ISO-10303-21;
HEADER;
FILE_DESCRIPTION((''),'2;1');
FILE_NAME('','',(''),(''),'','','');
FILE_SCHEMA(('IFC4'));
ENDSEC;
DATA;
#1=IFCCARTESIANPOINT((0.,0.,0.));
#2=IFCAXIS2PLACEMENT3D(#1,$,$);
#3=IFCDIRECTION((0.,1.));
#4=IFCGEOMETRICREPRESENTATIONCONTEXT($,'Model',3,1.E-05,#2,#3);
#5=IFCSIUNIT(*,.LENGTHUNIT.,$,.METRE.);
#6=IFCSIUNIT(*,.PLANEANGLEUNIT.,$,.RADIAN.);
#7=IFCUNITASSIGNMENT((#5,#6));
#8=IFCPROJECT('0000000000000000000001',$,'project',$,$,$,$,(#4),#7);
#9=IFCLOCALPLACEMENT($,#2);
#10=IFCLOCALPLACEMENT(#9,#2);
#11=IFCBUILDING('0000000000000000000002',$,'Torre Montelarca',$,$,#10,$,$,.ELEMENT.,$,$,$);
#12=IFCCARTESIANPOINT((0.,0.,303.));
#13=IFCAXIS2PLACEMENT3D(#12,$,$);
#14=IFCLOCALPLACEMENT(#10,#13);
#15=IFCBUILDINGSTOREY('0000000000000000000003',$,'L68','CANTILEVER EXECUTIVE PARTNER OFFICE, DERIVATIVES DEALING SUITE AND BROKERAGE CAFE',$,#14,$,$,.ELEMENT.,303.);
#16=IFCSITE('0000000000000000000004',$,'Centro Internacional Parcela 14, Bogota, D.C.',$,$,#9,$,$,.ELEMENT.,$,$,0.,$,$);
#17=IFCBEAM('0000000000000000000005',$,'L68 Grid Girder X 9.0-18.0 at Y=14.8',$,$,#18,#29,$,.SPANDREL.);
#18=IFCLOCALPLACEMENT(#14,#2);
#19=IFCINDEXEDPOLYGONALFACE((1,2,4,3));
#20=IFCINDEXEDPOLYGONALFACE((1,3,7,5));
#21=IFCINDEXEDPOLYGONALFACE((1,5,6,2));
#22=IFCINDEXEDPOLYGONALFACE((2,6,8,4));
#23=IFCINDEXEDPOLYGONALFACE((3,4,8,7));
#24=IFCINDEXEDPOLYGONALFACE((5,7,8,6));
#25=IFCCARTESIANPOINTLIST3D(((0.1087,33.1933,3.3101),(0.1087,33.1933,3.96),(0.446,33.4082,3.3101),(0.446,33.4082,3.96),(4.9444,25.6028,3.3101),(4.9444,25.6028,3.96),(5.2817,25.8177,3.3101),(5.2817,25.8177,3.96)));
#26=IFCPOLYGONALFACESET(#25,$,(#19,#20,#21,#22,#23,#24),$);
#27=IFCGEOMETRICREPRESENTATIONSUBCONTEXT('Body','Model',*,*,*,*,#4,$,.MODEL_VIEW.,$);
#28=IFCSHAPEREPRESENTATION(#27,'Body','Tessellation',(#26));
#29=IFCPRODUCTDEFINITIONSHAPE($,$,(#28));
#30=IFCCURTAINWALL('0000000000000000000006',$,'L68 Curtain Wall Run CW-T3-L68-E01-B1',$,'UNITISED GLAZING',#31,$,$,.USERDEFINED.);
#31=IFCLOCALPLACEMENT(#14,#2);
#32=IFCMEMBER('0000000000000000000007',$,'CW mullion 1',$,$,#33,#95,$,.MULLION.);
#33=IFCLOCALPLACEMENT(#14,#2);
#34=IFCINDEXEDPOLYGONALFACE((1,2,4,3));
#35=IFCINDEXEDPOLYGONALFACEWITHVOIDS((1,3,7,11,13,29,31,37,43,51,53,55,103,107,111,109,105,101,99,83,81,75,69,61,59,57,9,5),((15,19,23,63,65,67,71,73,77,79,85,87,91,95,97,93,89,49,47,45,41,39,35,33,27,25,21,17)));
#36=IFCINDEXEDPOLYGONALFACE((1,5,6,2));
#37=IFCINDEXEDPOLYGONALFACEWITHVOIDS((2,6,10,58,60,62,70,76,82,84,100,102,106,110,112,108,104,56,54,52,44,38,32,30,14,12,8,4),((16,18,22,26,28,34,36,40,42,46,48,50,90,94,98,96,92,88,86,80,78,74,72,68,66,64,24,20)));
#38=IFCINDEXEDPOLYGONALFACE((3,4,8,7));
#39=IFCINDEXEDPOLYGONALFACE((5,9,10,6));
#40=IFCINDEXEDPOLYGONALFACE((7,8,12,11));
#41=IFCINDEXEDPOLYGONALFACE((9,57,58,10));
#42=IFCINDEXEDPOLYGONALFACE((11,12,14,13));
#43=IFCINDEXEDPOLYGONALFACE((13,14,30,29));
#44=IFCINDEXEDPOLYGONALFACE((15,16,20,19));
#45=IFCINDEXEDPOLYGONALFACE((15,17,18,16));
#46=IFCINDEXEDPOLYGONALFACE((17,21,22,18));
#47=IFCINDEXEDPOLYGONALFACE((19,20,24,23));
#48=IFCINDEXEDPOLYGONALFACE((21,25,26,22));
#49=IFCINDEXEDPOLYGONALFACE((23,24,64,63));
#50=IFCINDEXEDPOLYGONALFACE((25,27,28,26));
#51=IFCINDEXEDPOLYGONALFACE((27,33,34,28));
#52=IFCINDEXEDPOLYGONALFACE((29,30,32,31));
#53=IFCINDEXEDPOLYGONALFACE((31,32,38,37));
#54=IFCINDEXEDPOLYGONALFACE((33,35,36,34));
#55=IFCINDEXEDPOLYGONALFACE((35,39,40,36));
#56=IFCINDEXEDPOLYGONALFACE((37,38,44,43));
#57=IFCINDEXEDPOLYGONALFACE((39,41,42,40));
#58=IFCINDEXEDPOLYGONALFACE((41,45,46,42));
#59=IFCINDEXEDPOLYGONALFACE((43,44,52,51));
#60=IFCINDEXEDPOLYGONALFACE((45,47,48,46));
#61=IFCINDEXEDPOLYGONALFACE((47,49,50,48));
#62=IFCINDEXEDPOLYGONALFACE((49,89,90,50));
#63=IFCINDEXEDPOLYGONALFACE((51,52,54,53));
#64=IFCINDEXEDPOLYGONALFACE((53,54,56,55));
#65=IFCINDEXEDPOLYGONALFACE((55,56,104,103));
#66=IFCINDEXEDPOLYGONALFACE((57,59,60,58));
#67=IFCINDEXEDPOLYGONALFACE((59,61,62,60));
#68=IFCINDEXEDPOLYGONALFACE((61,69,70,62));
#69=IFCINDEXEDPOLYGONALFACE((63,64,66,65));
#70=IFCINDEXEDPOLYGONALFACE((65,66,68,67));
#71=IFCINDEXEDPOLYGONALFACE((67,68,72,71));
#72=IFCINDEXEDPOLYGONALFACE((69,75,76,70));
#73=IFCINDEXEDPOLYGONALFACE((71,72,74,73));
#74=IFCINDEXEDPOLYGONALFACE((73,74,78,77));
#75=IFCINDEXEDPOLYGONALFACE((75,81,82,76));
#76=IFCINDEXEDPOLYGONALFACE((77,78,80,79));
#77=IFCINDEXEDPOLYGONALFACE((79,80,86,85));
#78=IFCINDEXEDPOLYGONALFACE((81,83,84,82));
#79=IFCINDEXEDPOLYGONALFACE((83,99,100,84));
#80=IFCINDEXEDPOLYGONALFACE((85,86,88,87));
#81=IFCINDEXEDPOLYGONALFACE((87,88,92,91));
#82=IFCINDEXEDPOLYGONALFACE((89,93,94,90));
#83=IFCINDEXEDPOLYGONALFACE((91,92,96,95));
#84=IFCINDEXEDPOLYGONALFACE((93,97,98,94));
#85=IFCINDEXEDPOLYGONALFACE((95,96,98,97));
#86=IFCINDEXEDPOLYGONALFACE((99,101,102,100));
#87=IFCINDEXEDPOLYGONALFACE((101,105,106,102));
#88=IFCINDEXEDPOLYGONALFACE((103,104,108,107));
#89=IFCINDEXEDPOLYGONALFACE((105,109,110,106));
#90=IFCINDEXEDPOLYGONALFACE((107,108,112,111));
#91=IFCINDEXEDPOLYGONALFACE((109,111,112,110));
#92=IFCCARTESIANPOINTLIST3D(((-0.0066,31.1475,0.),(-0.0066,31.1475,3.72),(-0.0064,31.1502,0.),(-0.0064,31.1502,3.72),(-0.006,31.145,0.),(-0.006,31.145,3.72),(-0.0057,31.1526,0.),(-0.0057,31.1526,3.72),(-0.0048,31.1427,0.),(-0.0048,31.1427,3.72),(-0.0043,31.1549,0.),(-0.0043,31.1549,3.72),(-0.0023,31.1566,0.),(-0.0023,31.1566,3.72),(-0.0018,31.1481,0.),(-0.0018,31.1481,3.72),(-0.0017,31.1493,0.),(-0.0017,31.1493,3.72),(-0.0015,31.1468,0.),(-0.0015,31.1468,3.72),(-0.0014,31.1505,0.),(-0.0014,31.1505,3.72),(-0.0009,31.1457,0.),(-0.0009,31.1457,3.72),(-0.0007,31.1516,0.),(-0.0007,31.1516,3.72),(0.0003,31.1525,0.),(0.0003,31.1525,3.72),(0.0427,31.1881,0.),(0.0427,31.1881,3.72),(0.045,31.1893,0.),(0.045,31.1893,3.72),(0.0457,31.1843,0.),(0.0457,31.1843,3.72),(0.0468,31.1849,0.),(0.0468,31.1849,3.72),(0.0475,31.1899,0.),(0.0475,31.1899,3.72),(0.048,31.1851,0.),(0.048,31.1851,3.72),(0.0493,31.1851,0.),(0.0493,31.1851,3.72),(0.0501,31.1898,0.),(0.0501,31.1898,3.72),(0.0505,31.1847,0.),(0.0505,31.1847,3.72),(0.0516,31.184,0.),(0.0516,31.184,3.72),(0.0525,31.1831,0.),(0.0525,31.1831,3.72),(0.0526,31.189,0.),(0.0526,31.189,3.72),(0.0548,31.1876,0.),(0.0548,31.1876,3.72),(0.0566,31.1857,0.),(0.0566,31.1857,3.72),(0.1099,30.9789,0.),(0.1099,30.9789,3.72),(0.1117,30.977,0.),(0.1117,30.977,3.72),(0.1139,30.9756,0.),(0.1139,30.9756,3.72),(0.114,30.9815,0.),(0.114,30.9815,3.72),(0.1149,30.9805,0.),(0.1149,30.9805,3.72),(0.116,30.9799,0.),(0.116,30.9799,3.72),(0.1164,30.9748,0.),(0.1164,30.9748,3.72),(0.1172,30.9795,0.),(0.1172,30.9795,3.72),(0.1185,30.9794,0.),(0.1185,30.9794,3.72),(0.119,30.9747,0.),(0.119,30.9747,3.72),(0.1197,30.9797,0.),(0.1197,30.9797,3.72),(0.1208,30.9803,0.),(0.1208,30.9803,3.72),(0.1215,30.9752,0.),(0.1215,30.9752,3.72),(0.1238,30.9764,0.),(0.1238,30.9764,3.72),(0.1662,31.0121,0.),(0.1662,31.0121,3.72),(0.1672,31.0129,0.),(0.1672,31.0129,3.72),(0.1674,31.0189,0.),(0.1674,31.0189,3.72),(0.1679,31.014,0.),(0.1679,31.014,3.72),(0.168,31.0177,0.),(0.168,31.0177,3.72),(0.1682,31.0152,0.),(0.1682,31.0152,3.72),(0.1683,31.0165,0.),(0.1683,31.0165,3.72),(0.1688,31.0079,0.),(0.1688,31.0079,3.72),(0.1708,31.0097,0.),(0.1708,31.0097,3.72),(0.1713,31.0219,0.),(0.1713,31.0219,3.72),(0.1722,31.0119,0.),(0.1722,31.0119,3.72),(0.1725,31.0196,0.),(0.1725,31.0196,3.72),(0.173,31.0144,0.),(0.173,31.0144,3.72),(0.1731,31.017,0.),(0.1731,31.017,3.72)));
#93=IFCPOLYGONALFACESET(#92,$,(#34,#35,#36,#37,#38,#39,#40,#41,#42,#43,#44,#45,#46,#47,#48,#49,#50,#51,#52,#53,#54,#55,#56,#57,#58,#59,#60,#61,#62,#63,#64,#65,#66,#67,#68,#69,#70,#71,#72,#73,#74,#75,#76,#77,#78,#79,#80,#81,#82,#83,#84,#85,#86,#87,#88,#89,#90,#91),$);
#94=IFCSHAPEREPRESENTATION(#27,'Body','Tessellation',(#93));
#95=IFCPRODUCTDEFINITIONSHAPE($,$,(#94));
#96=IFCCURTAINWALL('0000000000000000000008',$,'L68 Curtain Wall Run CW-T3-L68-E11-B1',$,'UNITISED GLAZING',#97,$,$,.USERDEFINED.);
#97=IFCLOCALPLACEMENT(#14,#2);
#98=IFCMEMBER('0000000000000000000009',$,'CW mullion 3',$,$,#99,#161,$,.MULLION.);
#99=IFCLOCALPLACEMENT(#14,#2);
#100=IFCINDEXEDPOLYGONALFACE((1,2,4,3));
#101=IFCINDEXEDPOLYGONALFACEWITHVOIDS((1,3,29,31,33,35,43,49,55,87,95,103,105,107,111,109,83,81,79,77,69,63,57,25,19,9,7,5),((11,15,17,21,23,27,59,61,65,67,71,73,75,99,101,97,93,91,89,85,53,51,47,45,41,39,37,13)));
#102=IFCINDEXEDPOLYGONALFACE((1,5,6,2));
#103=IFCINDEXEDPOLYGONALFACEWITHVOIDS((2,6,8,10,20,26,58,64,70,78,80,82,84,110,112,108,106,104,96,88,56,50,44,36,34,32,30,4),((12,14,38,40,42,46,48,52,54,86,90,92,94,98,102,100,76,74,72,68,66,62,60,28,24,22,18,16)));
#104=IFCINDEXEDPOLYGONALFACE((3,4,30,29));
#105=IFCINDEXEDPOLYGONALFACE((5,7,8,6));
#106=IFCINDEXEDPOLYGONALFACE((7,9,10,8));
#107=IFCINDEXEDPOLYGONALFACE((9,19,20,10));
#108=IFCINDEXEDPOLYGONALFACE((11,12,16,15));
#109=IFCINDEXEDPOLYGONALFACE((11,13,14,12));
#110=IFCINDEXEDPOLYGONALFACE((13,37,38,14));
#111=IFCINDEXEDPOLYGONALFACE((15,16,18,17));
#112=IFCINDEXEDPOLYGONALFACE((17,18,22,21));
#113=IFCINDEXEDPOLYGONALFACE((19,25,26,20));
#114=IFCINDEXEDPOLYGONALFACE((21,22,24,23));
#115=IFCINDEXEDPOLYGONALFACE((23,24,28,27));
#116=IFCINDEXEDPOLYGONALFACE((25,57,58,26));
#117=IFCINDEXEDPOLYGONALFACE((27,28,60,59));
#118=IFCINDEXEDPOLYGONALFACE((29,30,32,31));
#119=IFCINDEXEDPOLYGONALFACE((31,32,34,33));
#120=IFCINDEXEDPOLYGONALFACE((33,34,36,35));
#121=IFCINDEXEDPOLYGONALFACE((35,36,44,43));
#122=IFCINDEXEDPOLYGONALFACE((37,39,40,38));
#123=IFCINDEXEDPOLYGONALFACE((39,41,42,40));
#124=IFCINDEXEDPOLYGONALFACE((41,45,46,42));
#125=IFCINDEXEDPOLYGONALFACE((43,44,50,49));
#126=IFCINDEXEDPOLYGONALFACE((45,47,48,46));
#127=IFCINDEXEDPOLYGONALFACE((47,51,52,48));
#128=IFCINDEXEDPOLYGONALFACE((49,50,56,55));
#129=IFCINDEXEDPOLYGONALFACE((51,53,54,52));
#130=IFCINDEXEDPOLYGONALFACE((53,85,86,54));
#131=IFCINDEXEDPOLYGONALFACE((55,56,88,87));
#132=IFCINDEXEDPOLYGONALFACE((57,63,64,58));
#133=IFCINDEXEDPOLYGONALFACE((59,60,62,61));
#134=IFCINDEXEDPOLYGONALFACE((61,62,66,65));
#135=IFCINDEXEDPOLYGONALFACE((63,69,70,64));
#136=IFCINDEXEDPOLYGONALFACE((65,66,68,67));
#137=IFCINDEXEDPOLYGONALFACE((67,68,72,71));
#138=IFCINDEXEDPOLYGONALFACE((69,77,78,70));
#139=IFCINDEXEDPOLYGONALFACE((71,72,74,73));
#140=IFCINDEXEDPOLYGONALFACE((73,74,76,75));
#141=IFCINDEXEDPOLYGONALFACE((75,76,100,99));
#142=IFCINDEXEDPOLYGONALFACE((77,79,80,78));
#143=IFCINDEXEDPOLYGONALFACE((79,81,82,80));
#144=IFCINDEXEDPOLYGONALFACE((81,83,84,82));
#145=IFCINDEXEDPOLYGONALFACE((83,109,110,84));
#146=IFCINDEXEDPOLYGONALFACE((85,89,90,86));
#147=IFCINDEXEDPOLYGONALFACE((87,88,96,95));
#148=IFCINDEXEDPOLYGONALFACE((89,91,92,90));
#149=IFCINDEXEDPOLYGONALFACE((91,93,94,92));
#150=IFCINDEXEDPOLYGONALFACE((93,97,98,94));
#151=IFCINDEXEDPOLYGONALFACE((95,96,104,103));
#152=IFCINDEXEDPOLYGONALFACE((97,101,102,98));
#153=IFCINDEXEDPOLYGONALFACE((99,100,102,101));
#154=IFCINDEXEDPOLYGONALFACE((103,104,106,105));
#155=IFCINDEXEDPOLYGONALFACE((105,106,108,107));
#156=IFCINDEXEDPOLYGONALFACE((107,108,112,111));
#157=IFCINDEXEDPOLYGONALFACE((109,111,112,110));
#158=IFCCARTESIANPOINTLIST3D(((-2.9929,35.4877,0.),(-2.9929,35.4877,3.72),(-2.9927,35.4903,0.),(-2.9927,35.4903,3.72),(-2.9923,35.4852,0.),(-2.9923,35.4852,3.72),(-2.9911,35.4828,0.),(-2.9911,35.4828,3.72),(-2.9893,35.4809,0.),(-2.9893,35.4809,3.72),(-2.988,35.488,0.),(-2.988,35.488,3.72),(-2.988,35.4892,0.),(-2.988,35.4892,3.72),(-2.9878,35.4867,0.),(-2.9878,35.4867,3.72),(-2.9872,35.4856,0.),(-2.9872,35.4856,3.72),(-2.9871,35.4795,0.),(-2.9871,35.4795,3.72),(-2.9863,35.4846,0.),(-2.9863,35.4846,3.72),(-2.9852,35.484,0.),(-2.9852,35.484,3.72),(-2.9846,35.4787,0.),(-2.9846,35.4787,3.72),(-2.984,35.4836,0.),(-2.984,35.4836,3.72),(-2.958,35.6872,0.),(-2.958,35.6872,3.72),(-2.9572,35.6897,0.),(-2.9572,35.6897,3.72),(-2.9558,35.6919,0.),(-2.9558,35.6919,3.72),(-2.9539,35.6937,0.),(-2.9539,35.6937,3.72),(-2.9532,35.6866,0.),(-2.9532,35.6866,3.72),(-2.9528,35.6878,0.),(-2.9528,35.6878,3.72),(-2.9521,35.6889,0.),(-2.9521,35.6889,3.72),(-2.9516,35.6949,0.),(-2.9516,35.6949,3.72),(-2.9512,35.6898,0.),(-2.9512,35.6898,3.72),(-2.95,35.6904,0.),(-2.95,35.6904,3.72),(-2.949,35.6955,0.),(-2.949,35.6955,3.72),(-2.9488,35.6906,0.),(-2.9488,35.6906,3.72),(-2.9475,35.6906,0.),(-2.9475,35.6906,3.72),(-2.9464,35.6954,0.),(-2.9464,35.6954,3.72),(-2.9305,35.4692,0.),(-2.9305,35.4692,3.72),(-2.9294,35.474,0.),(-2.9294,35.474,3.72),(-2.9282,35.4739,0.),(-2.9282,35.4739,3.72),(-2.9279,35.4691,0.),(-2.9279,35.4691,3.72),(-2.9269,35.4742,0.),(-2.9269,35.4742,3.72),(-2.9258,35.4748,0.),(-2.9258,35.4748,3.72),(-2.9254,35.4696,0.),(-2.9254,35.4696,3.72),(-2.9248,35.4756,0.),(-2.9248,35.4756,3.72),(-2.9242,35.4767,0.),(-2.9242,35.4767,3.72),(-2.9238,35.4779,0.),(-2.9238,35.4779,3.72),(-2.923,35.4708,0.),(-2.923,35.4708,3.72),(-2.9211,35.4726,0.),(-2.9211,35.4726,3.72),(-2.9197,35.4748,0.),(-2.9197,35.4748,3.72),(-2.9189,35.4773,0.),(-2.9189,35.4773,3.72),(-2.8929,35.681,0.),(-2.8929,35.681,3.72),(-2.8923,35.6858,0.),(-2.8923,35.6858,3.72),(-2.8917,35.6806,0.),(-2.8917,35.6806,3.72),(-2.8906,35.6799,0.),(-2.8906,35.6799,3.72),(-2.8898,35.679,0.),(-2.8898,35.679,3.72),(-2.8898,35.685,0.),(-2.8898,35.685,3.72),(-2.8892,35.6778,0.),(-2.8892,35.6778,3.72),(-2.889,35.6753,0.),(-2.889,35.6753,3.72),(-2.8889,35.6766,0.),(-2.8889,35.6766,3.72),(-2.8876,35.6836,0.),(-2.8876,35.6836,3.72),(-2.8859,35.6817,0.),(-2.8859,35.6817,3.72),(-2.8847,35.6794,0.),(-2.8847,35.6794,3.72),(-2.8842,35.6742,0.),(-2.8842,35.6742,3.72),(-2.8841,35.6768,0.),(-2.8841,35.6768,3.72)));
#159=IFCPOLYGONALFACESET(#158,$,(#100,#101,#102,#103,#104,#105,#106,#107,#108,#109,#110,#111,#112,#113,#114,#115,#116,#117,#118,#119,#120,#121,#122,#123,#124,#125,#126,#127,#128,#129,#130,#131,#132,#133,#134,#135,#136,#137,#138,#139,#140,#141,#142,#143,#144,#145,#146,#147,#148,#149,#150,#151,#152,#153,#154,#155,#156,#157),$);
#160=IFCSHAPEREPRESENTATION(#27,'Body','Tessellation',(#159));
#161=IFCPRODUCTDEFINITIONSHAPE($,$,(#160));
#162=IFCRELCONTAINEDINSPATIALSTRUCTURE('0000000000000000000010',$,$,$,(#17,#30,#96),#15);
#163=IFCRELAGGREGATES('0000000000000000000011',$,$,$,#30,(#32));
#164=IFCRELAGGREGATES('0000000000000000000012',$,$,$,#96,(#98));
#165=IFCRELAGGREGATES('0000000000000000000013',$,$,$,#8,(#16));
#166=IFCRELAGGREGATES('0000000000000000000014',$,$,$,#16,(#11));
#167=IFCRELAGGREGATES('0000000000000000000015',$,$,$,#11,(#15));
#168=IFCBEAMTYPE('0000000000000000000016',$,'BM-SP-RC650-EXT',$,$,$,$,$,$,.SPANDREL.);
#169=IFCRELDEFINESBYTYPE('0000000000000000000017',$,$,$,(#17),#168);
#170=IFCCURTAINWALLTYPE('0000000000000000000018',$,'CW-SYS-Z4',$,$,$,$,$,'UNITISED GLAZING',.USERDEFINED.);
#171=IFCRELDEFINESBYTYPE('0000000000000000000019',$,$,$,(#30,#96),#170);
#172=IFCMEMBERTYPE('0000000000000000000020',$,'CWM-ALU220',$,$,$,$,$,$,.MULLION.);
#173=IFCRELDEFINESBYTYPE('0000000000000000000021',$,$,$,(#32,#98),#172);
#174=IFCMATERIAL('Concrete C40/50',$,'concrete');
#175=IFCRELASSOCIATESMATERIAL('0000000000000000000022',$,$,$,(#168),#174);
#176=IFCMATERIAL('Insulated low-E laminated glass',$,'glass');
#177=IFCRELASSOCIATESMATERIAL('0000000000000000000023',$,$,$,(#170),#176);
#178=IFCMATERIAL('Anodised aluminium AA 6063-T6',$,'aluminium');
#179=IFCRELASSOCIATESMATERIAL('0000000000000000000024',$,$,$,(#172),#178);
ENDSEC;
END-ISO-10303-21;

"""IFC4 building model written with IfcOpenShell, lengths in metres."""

from ifc_helpers import new_model, si_unit, direction, frame, origin, origin_2d, place, context, subcontext, project, spatial, rectangle, hollow_rectangle, extrude, source, transform, mapped, material, material_profile, profile_set, type_object, element, aggregate, save


model = new_model("IFC4")

# Units and contexts
model_context = context("Model", 3, precision=1e-05, world=origin(), true_north=direction((0.0, 1.0)))
body_context = subcontext(model_context, "Body", "Model", "MODEL_VIEW")
ifc_project = project(units=[si_unit("LENGTHUNIT", "METRE"), si_unit("PLANEANGLEUNIT", "RADIAN")], contexts=[model_context])

# Site, building, storey
site_placement = place(None, origin())
site = spatial("IfcSite", under=ifc_project, at=site_placement, Name="Centro Internacional Parcela 14, Bogota, D.C.", CompositionType="ELEMENT", RefElevation=0.0)
building_placement = place(site_placement, origin())
building = spatial("IfcBuilding", under=site, at=building_placement, Name="Torre Montelarca", CompositionType="ELEMENT")
storey_placement = place(building_placement, frame((0.0, 0.0, 303.0)))
storey = spatial("IfcBuildingStorey", under=building, at=storey_placement, Name="L68", Description="CANTILEVER EXECUTIVE PARTNER OFFICE, DERIVATIVES DEALING SUITE AND BROKERAGE CAFE", CompositionType="ELEMENT", Elevation=303.0)

# Beam
ifc_material_1 = material(Name="Concrete C40/50", Category="concrete")
ifc_material_profile_1 = material_profile(ifc_material_1, rectangle(XDim=0.3999, YDim=0.6499, at=origin_2d()), Name="RCB400X650", Category="concrete")
ifc_profile_set_1 = profile_set([ifc_material_profile_1], Name="Concrete C40/50")
beam_type = type_object("IfcBeamType", Name="BM-SP-RC650-EXT", PredefinedType="SPANDREL", material=ifc_profile_set_1)
shared_shape_1 = source(origin(), body_context, "Body", "SweptSolid", [
    extrude(rectangle(XDim=0.3999, YDim=0.6499, at=origin_2d()), origin(), (0.0, 0.0, 1.0), 9.0),
])
beam_placement = place(storey_placement, frame((0.2773, 33.3008, 3.635), z_axis=(0.537297, -0.843393, 0.0), x_axis=(0.843393, 0.537297, 0.0)))
element("IfcBeam", 1, at=beam_placement, inside=storey, type_object=beam_type, Name="L68 Grid Girder X 9.0-18.0 at Y=14.8", PredefinedType="SPANDREL", context=body_context, shape_type="MappedRepresentation", body=[
    mapped(shared_shape_1, transform((0.0, 0.0, 0.0), scale=1.0)),
])

# Curtain walls, members
ifc_material_2 = material(Name="Insulated low-E laminated glass", Category="glass")
curtain_wall_type = type_object("IfcCurtainWallType", Name="CW-SYS-Z4", ElementType="UNITISED GLAZING", PredefinedType="USERDEFINED", material=ifc_material_2)
curtain_wall_1_placement = place(storey_placement, origin())
curtain_wall_1 = element("IfcCurtainWall", 2, at=curtain_wall_1_placement, inside=storey, type_object=curtain_wall_type, Name="L68 Curtain Wall Run CW-T3-L68-E01-B1", ObjectType="UNITISED GLAZING", PredefinedType="USERDEFINED")
ifc_material_3 = material(Name="Anodised aluminium AA 6063-T6", Category="aluminium")
ifc_material_profile_2 = material_profile(ifc_material_3, hollow_rectangle(XDim=0.075, YDim=0.22, WallThickness=0.0049, InnerFilletRadius=0.0049, OuterFilletRadius=0.01, at=origin_2d()), Name="ALU75X220X5", Category="aluminium")
ifc_profile_set_2 = profile_set([ifc_material_profile_2], Name="Anodised aluminium AA 6063-T6")
member_type_1 = type_object("IfcMemberType", Name="CWM-ALU220", PredefinedType="MULLION", material=ifc_profile_set_2)
shared_shape_2 = source(origin(), body_context, "Body", "SweptSolid", [
    extrude(hollow_rectangle(XDim=0.075, YDim=0.22, WallThickness=0.0049, InnerFilletRadius=0.0049, OuterFilletRadius=0.01, at=origin_2d()), origin(), (0.0, 0.0, 1.0), 3.72),
])
member_1_placement = place(storey_placement, frame((0.0833, 31.0823, 0.0), z_axis=(0.0, 0.0, 1.0), x_axis=(0.819157, 0.573569, 0.0)))
member_1 = element("IfcMember", 3, at=member_1_placement, type_object=member_type_1, Name="CW mullion 1", PredefinedType="MULLION", context=body_context, shape_type="MappedRepresentation", body=[
    mapped(shared_shape_2, transform((0.0, 0.0, 0.0), scale=1.0)),
])
curtain_wall_2_placement = place(storey_placement, origin())
curtain_wall_2 = element("IfcCurtainWall", 4, at=curtain_wall_2_placement, inside=storey, type_object=curtain_wall_type, Name="L68 Curtain Wall Run CW-T3-L68-E11-B1", ObjectType="UNITISED GLAZING", PredefinedType="USERDEFINED")
member_2_placement = place(storey_placement, frame((-2.9385, 35.5823, 0.0), z_axis=(0.0, 0.0, 1.0), x_axis=(0.98481, -0.173635, 0.0)))
member_2 = element("IfcMember", 5, at=member_2_placement, type_object=member_type_1, Name="CW mullion 3", PredefinedType="MULLION", context=body_context, shape_type="MappedRepresentation", body=[
    mapped(shared_shape_2, transform((0.0, 0.0, 0.0), scale=1.0)),
])

aggregate(curtain_wall_1, [member_1])

aggregate(curtain_wall_2, [member_2])

save(model, "model.ifc")
